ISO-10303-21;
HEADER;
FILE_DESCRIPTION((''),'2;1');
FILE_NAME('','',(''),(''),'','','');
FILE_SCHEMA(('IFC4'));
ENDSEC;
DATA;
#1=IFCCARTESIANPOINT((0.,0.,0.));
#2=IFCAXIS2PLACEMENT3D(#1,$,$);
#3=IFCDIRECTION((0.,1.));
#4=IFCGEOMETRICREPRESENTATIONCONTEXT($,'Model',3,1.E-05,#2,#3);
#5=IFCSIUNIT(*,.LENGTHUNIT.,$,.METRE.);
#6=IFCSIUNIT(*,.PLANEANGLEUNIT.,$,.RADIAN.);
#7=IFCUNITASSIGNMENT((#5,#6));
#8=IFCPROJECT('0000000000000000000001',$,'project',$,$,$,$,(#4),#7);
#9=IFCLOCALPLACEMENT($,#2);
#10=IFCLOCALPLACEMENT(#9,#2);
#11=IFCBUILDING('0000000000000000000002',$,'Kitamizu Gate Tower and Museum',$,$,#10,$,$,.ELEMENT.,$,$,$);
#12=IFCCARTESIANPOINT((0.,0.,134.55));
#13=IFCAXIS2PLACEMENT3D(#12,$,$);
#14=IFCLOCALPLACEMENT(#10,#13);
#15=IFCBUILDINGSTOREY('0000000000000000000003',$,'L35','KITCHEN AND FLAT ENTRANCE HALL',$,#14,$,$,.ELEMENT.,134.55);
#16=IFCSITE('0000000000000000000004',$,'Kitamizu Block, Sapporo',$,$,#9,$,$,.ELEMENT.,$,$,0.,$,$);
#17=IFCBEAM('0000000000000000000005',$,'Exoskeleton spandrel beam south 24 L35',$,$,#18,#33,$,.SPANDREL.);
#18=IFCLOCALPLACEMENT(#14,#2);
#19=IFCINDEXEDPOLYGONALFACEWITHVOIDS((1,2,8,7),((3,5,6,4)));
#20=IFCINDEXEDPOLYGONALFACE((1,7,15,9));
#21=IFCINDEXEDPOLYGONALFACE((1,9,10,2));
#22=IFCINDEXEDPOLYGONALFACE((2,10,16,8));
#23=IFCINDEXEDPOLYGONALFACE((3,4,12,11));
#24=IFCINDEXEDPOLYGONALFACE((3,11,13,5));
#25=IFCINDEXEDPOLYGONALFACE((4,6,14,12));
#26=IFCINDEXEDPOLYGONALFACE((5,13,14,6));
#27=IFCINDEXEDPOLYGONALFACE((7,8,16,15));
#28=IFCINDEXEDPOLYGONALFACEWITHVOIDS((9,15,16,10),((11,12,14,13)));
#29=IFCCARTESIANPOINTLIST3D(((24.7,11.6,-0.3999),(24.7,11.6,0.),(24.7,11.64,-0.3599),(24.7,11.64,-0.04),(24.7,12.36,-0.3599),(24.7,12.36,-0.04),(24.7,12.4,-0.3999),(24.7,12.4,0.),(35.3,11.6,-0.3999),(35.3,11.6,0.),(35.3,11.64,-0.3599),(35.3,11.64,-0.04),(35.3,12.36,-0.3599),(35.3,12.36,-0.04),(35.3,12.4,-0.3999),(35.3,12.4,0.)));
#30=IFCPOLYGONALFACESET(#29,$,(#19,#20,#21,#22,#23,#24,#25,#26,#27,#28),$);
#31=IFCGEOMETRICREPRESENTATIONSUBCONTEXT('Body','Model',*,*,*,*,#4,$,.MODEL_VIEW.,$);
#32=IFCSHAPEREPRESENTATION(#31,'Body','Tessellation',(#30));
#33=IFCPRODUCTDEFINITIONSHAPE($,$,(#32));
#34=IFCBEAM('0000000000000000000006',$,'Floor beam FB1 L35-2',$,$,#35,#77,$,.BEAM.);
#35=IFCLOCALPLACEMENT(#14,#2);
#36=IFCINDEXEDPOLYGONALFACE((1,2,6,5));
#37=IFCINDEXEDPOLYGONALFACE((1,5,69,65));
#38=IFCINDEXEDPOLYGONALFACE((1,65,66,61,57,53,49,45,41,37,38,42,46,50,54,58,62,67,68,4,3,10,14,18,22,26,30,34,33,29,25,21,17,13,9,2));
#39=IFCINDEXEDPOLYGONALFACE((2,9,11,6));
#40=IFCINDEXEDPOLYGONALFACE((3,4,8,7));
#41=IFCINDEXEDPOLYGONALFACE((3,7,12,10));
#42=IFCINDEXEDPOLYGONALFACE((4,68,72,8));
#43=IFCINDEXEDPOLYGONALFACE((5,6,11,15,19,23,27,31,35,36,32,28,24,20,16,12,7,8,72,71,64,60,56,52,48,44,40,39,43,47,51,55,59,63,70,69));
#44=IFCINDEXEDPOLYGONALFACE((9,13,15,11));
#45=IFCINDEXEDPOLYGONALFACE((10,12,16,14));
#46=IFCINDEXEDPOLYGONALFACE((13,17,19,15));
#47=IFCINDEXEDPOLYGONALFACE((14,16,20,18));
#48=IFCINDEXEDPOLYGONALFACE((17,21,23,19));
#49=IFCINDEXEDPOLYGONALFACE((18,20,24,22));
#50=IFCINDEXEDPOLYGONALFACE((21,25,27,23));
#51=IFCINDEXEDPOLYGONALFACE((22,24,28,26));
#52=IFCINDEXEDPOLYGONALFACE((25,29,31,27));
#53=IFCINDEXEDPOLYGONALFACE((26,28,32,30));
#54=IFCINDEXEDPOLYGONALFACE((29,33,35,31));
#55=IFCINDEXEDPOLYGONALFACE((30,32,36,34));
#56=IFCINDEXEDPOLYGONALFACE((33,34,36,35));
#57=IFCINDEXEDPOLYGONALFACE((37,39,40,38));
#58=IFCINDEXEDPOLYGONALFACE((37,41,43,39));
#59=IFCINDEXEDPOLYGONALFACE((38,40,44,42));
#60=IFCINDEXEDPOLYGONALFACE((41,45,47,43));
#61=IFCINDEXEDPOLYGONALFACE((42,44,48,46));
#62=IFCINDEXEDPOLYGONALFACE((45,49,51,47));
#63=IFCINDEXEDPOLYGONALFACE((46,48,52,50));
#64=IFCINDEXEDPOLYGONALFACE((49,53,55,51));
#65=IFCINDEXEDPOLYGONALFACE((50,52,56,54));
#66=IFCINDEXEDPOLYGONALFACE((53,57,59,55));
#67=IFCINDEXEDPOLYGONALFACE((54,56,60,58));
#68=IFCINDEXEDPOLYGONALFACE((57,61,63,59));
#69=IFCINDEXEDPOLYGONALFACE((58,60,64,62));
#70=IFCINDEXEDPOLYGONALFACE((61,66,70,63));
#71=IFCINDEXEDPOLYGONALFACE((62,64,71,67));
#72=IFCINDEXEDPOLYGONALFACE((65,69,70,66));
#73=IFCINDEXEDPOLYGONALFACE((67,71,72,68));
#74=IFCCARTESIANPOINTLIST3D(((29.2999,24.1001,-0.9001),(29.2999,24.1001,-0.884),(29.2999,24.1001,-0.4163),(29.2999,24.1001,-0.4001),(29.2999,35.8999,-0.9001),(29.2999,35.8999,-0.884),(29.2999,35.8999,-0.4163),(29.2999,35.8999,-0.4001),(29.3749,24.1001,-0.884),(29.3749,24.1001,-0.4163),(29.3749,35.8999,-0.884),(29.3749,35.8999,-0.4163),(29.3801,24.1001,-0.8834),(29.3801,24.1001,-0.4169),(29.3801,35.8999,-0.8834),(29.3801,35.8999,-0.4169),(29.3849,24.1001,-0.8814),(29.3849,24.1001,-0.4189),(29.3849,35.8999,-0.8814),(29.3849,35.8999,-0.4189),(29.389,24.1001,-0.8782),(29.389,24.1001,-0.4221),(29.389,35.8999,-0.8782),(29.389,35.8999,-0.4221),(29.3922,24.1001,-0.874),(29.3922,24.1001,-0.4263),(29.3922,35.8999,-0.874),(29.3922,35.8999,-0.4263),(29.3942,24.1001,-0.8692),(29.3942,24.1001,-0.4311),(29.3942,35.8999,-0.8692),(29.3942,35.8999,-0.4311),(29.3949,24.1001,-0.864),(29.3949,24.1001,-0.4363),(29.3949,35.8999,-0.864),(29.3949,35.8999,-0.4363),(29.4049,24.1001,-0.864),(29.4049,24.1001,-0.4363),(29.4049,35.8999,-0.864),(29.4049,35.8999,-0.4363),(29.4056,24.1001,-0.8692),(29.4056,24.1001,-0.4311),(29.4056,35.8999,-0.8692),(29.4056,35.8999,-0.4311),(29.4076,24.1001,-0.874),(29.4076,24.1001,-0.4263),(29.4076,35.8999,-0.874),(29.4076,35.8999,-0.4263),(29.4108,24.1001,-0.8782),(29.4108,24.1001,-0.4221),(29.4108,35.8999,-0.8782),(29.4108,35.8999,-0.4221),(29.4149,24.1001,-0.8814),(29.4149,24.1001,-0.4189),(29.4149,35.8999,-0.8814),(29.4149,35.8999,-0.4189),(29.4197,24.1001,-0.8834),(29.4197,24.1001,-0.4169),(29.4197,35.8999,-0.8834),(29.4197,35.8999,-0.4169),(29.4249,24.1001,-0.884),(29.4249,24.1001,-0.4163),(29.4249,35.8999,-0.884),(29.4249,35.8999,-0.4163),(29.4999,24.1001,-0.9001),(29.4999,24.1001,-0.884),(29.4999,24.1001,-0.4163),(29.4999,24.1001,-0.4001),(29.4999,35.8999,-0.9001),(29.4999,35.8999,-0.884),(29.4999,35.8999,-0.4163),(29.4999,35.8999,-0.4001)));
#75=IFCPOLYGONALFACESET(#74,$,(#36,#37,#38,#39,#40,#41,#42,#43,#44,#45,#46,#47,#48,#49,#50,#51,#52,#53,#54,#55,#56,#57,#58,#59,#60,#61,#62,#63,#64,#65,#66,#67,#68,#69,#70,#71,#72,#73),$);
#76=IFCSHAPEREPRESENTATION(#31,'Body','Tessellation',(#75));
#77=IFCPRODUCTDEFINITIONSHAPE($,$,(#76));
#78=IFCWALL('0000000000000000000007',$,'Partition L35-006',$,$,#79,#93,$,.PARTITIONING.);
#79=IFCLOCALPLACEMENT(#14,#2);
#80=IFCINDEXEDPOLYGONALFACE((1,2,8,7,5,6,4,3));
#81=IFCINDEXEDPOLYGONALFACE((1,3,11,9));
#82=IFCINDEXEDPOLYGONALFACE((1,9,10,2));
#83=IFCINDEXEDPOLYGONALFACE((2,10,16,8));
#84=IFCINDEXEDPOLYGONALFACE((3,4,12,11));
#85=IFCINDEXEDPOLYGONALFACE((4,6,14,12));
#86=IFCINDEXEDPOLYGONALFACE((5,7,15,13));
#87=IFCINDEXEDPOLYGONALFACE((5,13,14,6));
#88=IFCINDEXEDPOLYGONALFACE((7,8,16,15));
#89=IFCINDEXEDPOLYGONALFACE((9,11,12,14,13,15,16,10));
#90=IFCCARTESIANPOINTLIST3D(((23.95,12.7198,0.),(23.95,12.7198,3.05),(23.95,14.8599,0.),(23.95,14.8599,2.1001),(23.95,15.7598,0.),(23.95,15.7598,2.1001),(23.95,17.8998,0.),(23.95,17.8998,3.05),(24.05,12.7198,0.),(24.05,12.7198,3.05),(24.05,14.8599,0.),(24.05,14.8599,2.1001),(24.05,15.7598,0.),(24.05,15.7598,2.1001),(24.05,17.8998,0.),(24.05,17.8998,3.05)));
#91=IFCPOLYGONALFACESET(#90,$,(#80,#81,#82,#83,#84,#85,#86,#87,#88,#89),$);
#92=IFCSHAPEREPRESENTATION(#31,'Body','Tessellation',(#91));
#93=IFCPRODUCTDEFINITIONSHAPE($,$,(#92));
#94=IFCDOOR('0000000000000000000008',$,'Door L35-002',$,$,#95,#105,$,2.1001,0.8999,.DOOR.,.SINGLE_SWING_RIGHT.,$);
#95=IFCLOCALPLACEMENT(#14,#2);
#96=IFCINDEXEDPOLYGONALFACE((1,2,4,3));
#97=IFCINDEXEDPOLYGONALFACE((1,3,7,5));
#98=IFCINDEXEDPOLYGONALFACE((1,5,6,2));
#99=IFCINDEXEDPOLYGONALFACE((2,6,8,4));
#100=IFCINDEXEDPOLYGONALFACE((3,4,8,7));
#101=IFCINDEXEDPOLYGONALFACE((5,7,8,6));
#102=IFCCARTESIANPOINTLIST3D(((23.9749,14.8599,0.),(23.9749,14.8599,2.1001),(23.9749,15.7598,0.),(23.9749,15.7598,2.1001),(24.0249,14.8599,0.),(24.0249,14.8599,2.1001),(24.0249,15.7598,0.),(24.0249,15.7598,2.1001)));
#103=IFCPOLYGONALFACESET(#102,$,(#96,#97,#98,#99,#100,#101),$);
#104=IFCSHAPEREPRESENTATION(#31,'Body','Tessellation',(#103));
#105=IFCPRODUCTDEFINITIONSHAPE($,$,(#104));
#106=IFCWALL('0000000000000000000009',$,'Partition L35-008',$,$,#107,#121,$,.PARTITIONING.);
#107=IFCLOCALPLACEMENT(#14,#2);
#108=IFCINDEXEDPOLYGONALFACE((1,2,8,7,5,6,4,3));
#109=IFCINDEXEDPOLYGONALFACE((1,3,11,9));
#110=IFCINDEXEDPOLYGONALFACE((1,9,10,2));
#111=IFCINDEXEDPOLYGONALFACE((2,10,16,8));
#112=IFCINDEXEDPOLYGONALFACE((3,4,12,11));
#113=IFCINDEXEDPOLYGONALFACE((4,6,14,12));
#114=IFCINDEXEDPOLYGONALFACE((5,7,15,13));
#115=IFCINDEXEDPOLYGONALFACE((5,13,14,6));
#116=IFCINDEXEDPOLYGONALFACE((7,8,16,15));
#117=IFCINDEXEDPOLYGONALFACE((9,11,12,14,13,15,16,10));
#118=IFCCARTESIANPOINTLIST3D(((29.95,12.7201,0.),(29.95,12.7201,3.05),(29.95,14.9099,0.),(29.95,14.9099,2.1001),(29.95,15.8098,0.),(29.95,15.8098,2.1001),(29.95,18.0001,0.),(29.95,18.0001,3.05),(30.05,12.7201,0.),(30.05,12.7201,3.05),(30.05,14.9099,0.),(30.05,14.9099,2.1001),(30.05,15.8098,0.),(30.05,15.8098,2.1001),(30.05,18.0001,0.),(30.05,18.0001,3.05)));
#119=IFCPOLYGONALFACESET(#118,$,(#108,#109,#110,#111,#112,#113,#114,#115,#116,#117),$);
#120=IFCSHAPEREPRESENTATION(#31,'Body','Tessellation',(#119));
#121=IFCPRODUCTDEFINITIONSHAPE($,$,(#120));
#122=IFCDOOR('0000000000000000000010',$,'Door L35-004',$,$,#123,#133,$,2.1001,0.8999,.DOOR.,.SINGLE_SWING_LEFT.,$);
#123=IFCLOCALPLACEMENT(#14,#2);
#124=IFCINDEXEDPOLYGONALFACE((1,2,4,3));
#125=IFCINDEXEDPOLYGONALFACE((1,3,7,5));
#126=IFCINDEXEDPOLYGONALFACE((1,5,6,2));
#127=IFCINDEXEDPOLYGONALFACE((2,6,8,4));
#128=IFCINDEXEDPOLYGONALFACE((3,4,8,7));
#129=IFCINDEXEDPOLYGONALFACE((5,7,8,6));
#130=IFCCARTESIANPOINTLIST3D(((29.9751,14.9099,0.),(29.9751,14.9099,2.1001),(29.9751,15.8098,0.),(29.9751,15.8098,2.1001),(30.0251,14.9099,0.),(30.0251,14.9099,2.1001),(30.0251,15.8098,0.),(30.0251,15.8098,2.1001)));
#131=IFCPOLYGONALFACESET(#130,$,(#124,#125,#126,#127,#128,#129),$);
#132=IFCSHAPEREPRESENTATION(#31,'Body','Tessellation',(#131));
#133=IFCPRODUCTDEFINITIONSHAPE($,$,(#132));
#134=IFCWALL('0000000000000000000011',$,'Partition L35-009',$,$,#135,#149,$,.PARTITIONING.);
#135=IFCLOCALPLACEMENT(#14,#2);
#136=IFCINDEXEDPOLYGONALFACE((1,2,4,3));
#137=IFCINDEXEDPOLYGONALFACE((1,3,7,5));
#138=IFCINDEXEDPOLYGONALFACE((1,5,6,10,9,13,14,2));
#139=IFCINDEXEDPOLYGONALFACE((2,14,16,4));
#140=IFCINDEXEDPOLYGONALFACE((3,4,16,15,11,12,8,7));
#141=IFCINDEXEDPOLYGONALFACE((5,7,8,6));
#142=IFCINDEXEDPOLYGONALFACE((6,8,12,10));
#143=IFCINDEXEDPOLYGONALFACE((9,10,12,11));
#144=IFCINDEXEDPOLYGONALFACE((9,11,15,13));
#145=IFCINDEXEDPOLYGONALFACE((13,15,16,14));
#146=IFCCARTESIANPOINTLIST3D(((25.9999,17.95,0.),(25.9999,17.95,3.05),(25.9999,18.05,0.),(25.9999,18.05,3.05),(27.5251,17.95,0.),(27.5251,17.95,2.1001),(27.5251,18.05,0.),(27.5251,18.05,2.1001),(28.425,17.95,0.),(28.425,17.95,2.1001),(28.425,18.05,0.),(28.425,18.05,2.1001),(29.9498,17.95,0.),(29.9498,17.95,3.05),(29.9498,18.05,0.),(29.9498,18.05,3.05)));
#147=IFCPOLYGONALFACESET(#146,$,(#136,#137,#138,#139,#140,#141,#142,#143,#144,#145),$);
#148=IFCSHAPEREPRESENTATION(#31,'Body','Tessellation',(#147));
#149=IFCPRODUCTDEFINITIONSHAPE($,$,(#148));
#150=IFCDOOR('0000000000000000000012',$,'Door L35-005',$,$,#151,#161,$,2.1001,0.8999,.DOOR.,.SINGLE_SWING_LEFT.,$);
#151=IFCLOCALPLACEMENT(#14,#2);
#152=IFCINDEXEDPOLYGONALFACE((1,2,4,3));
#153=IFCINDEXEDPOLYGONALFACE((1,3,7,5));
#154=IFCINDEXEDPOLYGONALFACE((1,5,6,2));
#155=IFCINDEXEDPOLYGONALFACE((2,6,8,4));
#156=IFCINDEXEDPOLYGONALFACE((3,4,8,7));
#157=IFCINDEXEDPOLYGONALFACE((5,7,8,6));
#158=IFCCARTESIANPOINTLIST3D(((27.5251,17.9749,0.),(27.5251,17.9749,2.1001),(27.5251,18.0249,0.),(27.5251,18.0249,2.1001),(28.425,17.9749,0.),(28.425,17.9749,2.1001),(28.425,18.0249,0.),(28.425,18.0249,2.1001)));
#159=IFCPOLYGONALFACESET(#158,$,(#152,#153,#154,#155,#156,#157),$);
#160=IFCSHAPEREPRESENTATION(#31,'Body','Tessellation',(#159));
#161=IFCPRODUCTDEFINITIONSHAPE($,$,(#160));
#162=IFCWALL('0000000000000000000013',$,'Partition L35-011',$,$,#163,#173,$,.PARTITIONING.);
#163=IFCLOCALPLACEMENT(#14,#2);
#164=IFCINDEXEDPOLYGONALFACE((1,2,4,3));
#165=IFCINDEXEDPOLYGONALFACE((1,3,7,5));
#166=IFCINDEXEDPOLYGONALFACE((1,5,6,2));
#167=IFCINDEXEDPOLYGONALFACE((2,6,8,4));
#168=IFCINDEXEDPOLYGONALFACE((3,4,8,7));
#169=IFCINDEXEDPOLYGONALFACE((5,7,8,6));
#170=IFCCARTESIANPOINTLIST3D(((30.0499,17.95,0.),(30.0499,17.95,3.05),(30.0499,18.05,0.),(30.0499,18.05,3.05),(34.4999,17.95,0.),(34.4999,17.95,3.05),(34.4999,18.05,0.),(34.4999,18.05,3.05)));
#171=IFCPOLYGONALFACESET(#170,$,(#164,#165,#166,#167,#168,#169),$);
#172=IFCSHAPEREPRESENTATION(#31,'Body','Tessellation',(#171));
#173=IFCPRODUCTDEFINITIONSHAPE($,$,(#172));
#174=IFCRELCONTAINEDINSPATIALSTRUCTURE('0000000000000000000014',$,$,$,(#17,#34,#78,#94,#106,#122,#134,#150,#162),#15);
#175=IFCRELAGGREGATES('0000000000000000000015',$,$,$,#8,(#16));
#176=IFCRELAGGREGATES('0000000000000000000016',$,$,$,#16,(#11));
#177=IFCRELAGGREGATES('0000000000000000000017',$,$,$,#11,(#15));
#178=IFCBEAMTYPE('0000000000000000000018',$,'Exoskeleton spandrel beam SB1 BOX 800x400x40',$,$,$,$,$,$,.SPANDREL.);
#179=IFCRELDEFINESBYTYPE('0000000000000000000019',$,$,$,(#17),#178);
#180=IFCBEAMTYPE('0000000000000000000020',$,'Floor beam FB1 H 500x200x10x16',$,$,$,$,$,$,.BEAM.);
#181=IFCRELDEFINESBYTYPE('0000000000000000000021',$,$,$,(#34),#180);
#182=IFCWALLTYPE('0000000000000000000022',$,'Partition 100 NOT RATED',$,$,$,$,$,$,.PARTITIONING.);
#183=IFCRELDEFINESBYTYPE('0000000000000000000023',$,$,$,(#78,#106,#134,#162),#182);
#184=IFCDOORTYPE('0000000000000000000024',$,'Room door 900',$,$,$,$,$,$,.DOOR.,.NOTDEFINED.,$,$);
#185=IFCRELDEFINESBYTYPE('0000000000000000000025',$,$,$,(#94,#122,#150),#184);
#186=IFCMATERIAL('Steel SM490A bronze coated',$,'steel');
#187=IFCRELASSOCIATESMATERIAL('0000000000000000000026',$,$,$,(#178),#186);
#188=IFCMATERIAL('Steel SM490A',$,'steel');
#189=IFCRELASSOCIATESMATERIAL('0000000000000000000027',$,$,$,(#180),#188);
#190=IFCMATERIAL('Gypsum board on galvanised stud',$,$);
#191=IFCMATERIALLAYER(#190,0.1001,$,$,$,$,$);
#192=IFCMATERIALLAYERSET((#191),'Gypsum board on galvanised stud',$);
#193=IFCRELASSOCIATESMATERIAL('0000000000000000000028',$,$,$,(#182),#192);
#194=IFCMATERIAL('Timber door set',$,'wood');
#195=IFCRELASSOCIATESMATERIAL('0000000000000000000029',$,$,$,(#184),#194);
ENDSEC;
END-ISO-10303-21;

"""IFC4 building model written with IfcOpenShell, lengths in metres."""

from ifc_helpers import new_model, si_unit, direction, frame, frame_2d, origin, origin_2d, place, context, subcontext, project, spatial, rectangle, hollow_rectangle, i_section, extrude, material, layer, layer_set, material_profile, profile_set, type_object, element, fill, save


model = new_model("IFC4")

# Units and contexts
model_context = context("Model", 3, precision=1e-05, world=origin(), true_north=direction((0.0, 1.0)))
body_context = subcontext(model_context, "Body", "Model", "MODEL_VIEW")
ifc_project = project(units=[si_unit("LENGTHUNIT", "METRE"), si_unit("PLANEANGLEUNIT", "RADIAN")], contexts=[model_context])

# Site, building, storey
site_placement = place(None, origin())
site = spatial("IfcSite", under=ifc_project, at=site_placement, Name="Kitamizu Block, Sapporo", CompositionType="ELEMENT", RefElevation=0.0)
building_placement = place(site_placement, origin())
building = spatial("IfcBuilding", under=site, at=building_placement, Name="Kitamizu Gate Tower and Museum", CompositionType="ELEMENT")
storey_placement = place(building_placement, frame((0.0, 0.0, 134.55)))
storey = spatial("IfcBuildingStorey", under=building, at=storey_placement, Name="L35", Description="KITCHEN AND FLAT ENTRANCE HALL", CompositionType="ELEMENT", Elevation=134.55)

# Beams
ifc_material_1 = material(Name="Steel SM490A bronze coated", Category="steel")
ifc_material_profile_1 = material_profile(ifc_material_1, hollow_rectangle(XDim=0.8, YDim=0.3999, WallThickness=0.04, at=origin_2d()), Name="BOX 800x400x40")
ifc_profile_set_1 = profile_set([ifc_material_profile_1], Name="Steel SM490A bronze coated")
beam_type_1 = type_object("IfcBeamType", Name="Exoskeleton spandrel beam SB1 BOX 800x400x40", PredefinedType="SPANDREL", material=ifc_profile_set_1)
beam_1_placement = place(storey_placement, frame((24.7, 12.0, -0.2), z_axis=(1.0, 0.0, 0.0), x_axis=(0.0, 1.0, 0.0)))
element("IfcBeam", 1, at=beam_1_placement, inside=storey, type_object=beam_type_1, Name="Exoskeleton spandrel beam south 24 L35", PredefinedType="SPANDREL", context=body_context, shape_type="SweptSolid", body=[
    extrude(hollow_rectangle(XDim=0.8, YDim=0.3999, WallThickness=0.04, at=origin_2d()), origin(), (0.0, 0.0, 1.0), 10.6001),
])
ifc_material_2 = material(Name="Steel SM490A", Category="steel")
ifc_material_profile_2 = material_profile(ifc_material_2, i_section(OverallWidth=0.2, OverallDepth=0.5, WebThickness=0.01, FlangeThickness=0.0161, FilletRadius=0.02, at=origin_2d()), Name="H-500x200x10x16")
ifc_profile_set_2 = profile_set([ifc_material_profile_2], Name="Steel SM490A")
beam_type_2 = type_object("IfcBeamType", Name="Floor beam FB1 H 500x200x10x16", PredefinedType="BEAM", material=ifc_profile_set_2)
beam_2_placement = place(storey_placement, frame((29.3999, 24.1001, -0.6501), z_axis=(0.0, 1.0, 0.0), x_axis=(-1.0, 0.0, 0.0)))
element("IfcBeam", 2, at=beam_2_placement, inside=storey, type_object=beam_type_2, Name="Floor beam FB1 L35-2", PredefinedType="BEAM", context=body_context, shape_type="SweptSolid", body=[
    extrude(i_section(OverallWidth=0.2, OverallDepth=0.5, WebThickness=0.01, FlangeThickness=0.0161, FilletRadius=0.02, at=origin_2d()), origin(), (0.0, 0.0, 1.0), 11.7998),
])

# Walls, openings, doors
ifc_material_3 = material(Name="Gypsum board on galvanised stud")
ifc_layer_1 = layer(ifc_material_3, 0.1001)
ifc_layer_set_1 = layer_set([ifc_layer_1], Name="Gypsum board on galvanised stud")
wall_type_1 = type_object("IfcWallType", Name="Partition 100 NOT RATED", PredefinedType="PARTITIONING", material=ifc_layer_set_1)
wall_1_placement = place(storey_placement, frame((24.0, 12.72, 0.0), z_axis=(0.0, 0.0, 1.0), x_axis=(0.0, 1.0, 0.0)))
wall_1 = element("IfcWall", 3, at=wall_1_placement, inside=storey, type_object=wall_type_1, Name="Partition L35-006", PredefinedType="PARTITIONING", context=body_context, shape_type="SweptSolid", body=[
    extrude(rectangle(XDim=5.1799, YDim=0.1001, at=frame_2d((2.5898, 0.0))), origin(), (0.0, 0.0, 1.0), 3.05),
])
opening_1_placement = place(wall_1_placement, frame((2.1399, 0.0, 0.0)))
opening_1 = element("IfcOpeningElement", 4, at=opening_1_placement, cuts=wall_1, PredefinedType="OPENING", context=body_context, shape_type="SweptSolid", body=[
    extrude(rectangle(XDim=0.8999, YDim=2.1001, at=frame_2d((0.45, 1.05))), frame((0.0, 0.0601, 0.0), z_axis=(0.0, -1.0, 0.0), x_axis=(1.0, 0.0, 0.0)), (0.0, 0.0, 1.0), 0.1201),
])
ifc_material_4 = material(Name="Timber door set", Category="wood")
door_type_1 = type_object("IfcDoorType", Name="Room door 900", OperationType="NOTDEFINED", PredefinedType="DOOR", material=ifc_material_4)
door_1_placement = place(opening_1_placement, frame((0.8999, 0.0, 0.0), x_axis=(-1.0, 0.0, 0.0)))
door_1 = element("IfcDoor", 5, at=door_1_placement, inside=storey, type_object=door_type_1, Name="Door L35-002", OperationType="SINGLE_SWING_RIGHT", OverallHeight=2.1001, OverallWidth=0.8999, PredefinedType="DOOR", context=body_context, shape_type="SweptSolid", body=[
    extrude(rectangle(XDim=0.8999, YDim=2.1001, at=frame_2d((0.45, 1.05))), frame((0.0, 0.0249, 0.0), z_axis=(0.0, -1.0, 0.0), x_axis=(1.0, 0.0, 0.0)), (0.0, 0.0, 1.0), 0.05),
])
fill(opening_1, door_1)
wall_2_placement = place(storey_placement, frame((30.0, 12.72, 0.0), z_axis=(0.0, 0.0, 1.0), x_axis=(0.0, 1.0, 0.0)))
wall_2 = element("IfcWall", 6, at=wall_2_placement, inside=storey, type_object=wall_type_1, Name="Partition L35-008", PredefinedType="PARTITIONING", context=body_context, shape_type="SweptSolid", body=[
    extrude(rectangle(XDim=5.28, YDim=0.1001, at=frame_2d((2.6401, 0.0))), origin(), (0.0, 0.0, 1.0), 3.05),
])
opening_2_placement = place(wall_2_placement, frame((2.1899, 0.0, 0.0)))
opening_2 = element("IfcOpeningElement", 7, at=opening_2_placement, cuts=wall_2, PredefinedType="OPENING", context=body_context, shape_type="SweptSolid", body=[
    extrude(rectangle(XDim=0.8999, YDim=2.1001, at=frame_2d((0.45, 1.05))), frame((0.0, 0.0601, 0.0), z_axis=(0.0, -1.0, 0.0), x_axis=(1.0, 0.0, 0.0)), (0.0, 0.0, 1.0), 0.1201),
])
door_2_placement = place(opening_2_placement, origin())
door_2 = element("IfcDoor", 8, at=door_2_placement, inside=storey, type_object=door_type_1, Name="Door L35-004", OperationType="SINGLE_SWING_LEFT", OverallHeight=2.1001, OverallWidth=0.8999, PredefinedType="DOOR", context=body_context, shape_type="SweptSolid", body=[
    extrude(rectangle(XDim=0.8999, YDim=2.1001, at=frame_2d((0.45, 1.05))), frame((0.0, 0.0249, 0.0), z_axis=(0.0, -1.0, 0.0), x_axis=(1.0, 0.0, 0.0)), (0.0, 0.0, 1.0), 0.05),
])
fill(opening_2, door_2)
wall_3_placement = place(storey_placement, frame((29.95, 18.0, 0.0), z_axis=(0.0, 0.0, 1.0), x_axis=(-1.0, 0.0, 0.0)))
wall_3 = element("IfcWall", 9, at=wall_3_placement, inside=storey, type_object=wall_type_1, Name="Partition L35-009", PredefinedType="PARTITIONING", context=body_context, shape_type="SweptSolid", body=[
    extrude(rectangle(XDim=3.95, YDim=0.1001, at=frame_2d((1.9751, 0.0))), origin(), (0.0, 0.0, 1.0), 3.05),
])
opening_3_placement = place(wall_3_placement, frame((1.5249, 0.0, 0.0)))
opening_3 = element("IfcOpeningElement", 10, at=opening_3_placement, cuts=wall_3, PredefinedType="OPENING", context=body_context, shape_type="SweptSolid", body=[
    extrude(rectangle(XDim=0.8999, YDim=2.1001, at=frame_2d((0.45, 1.05))), frame((0.0, 0.0601, 0.0), z_axis=(0.0, -1.0, 0.0), x_axis=(1.0, 0.0, 0.0)), (0.0, 0.0, 1.0), 0.1201),
])
door_3_placement = place(opening_3_placement, frame((0.8999, 0.0, 0.0), x_axis=(-1.0, 0.0, 0.0)))
door_3 = element("IfcDoor", 11, at=door_3_placement, inside=storey, type_object=door_type_1, Name="Door L35-005", OperationType="SINGLE_SWING_LEFT", OverallHeight=2.1001, OverallWidth=0.8999, PredefinedType="DOOR", context=body_context, shape_type="SweptSolid", body=[
    extrude(rectangle(XDim=0.8999, YDim=2.1001, at=frame_2d((0.45, 1.05))), frame((0.0, 0.0249, 0.0), z_axis=(0.0, -1.0, 0.0), x_axis=(1.0, 0.0, 0.0)), (0.0, 0.0, 1.0), 0.05),
])
fill(opening_3, door_3)

# Wall
wall_4_placement = place(storey_placement, frame((34.5, 18.0, 0.0), z_axis=(0.0, 0.0, 1.0), x_axis=(-1.0, 0.0, 0.0)))
element("IfcWall", 12, at=wall_4_placement, inside=storey, type_object=wall_type_1, Name="Partition L35-011", PredefinedType="PARTITIONING", context=body_context, shape_type="SweptSolid", body=[
    extrude(rectangle(XDim=4.45, YDim=0.1001, at=frame_2d((2.2251, 0.0))), origin(), (0.0, 0.0, 1.0), 3.05),
])

save(model, "model.ifc")
